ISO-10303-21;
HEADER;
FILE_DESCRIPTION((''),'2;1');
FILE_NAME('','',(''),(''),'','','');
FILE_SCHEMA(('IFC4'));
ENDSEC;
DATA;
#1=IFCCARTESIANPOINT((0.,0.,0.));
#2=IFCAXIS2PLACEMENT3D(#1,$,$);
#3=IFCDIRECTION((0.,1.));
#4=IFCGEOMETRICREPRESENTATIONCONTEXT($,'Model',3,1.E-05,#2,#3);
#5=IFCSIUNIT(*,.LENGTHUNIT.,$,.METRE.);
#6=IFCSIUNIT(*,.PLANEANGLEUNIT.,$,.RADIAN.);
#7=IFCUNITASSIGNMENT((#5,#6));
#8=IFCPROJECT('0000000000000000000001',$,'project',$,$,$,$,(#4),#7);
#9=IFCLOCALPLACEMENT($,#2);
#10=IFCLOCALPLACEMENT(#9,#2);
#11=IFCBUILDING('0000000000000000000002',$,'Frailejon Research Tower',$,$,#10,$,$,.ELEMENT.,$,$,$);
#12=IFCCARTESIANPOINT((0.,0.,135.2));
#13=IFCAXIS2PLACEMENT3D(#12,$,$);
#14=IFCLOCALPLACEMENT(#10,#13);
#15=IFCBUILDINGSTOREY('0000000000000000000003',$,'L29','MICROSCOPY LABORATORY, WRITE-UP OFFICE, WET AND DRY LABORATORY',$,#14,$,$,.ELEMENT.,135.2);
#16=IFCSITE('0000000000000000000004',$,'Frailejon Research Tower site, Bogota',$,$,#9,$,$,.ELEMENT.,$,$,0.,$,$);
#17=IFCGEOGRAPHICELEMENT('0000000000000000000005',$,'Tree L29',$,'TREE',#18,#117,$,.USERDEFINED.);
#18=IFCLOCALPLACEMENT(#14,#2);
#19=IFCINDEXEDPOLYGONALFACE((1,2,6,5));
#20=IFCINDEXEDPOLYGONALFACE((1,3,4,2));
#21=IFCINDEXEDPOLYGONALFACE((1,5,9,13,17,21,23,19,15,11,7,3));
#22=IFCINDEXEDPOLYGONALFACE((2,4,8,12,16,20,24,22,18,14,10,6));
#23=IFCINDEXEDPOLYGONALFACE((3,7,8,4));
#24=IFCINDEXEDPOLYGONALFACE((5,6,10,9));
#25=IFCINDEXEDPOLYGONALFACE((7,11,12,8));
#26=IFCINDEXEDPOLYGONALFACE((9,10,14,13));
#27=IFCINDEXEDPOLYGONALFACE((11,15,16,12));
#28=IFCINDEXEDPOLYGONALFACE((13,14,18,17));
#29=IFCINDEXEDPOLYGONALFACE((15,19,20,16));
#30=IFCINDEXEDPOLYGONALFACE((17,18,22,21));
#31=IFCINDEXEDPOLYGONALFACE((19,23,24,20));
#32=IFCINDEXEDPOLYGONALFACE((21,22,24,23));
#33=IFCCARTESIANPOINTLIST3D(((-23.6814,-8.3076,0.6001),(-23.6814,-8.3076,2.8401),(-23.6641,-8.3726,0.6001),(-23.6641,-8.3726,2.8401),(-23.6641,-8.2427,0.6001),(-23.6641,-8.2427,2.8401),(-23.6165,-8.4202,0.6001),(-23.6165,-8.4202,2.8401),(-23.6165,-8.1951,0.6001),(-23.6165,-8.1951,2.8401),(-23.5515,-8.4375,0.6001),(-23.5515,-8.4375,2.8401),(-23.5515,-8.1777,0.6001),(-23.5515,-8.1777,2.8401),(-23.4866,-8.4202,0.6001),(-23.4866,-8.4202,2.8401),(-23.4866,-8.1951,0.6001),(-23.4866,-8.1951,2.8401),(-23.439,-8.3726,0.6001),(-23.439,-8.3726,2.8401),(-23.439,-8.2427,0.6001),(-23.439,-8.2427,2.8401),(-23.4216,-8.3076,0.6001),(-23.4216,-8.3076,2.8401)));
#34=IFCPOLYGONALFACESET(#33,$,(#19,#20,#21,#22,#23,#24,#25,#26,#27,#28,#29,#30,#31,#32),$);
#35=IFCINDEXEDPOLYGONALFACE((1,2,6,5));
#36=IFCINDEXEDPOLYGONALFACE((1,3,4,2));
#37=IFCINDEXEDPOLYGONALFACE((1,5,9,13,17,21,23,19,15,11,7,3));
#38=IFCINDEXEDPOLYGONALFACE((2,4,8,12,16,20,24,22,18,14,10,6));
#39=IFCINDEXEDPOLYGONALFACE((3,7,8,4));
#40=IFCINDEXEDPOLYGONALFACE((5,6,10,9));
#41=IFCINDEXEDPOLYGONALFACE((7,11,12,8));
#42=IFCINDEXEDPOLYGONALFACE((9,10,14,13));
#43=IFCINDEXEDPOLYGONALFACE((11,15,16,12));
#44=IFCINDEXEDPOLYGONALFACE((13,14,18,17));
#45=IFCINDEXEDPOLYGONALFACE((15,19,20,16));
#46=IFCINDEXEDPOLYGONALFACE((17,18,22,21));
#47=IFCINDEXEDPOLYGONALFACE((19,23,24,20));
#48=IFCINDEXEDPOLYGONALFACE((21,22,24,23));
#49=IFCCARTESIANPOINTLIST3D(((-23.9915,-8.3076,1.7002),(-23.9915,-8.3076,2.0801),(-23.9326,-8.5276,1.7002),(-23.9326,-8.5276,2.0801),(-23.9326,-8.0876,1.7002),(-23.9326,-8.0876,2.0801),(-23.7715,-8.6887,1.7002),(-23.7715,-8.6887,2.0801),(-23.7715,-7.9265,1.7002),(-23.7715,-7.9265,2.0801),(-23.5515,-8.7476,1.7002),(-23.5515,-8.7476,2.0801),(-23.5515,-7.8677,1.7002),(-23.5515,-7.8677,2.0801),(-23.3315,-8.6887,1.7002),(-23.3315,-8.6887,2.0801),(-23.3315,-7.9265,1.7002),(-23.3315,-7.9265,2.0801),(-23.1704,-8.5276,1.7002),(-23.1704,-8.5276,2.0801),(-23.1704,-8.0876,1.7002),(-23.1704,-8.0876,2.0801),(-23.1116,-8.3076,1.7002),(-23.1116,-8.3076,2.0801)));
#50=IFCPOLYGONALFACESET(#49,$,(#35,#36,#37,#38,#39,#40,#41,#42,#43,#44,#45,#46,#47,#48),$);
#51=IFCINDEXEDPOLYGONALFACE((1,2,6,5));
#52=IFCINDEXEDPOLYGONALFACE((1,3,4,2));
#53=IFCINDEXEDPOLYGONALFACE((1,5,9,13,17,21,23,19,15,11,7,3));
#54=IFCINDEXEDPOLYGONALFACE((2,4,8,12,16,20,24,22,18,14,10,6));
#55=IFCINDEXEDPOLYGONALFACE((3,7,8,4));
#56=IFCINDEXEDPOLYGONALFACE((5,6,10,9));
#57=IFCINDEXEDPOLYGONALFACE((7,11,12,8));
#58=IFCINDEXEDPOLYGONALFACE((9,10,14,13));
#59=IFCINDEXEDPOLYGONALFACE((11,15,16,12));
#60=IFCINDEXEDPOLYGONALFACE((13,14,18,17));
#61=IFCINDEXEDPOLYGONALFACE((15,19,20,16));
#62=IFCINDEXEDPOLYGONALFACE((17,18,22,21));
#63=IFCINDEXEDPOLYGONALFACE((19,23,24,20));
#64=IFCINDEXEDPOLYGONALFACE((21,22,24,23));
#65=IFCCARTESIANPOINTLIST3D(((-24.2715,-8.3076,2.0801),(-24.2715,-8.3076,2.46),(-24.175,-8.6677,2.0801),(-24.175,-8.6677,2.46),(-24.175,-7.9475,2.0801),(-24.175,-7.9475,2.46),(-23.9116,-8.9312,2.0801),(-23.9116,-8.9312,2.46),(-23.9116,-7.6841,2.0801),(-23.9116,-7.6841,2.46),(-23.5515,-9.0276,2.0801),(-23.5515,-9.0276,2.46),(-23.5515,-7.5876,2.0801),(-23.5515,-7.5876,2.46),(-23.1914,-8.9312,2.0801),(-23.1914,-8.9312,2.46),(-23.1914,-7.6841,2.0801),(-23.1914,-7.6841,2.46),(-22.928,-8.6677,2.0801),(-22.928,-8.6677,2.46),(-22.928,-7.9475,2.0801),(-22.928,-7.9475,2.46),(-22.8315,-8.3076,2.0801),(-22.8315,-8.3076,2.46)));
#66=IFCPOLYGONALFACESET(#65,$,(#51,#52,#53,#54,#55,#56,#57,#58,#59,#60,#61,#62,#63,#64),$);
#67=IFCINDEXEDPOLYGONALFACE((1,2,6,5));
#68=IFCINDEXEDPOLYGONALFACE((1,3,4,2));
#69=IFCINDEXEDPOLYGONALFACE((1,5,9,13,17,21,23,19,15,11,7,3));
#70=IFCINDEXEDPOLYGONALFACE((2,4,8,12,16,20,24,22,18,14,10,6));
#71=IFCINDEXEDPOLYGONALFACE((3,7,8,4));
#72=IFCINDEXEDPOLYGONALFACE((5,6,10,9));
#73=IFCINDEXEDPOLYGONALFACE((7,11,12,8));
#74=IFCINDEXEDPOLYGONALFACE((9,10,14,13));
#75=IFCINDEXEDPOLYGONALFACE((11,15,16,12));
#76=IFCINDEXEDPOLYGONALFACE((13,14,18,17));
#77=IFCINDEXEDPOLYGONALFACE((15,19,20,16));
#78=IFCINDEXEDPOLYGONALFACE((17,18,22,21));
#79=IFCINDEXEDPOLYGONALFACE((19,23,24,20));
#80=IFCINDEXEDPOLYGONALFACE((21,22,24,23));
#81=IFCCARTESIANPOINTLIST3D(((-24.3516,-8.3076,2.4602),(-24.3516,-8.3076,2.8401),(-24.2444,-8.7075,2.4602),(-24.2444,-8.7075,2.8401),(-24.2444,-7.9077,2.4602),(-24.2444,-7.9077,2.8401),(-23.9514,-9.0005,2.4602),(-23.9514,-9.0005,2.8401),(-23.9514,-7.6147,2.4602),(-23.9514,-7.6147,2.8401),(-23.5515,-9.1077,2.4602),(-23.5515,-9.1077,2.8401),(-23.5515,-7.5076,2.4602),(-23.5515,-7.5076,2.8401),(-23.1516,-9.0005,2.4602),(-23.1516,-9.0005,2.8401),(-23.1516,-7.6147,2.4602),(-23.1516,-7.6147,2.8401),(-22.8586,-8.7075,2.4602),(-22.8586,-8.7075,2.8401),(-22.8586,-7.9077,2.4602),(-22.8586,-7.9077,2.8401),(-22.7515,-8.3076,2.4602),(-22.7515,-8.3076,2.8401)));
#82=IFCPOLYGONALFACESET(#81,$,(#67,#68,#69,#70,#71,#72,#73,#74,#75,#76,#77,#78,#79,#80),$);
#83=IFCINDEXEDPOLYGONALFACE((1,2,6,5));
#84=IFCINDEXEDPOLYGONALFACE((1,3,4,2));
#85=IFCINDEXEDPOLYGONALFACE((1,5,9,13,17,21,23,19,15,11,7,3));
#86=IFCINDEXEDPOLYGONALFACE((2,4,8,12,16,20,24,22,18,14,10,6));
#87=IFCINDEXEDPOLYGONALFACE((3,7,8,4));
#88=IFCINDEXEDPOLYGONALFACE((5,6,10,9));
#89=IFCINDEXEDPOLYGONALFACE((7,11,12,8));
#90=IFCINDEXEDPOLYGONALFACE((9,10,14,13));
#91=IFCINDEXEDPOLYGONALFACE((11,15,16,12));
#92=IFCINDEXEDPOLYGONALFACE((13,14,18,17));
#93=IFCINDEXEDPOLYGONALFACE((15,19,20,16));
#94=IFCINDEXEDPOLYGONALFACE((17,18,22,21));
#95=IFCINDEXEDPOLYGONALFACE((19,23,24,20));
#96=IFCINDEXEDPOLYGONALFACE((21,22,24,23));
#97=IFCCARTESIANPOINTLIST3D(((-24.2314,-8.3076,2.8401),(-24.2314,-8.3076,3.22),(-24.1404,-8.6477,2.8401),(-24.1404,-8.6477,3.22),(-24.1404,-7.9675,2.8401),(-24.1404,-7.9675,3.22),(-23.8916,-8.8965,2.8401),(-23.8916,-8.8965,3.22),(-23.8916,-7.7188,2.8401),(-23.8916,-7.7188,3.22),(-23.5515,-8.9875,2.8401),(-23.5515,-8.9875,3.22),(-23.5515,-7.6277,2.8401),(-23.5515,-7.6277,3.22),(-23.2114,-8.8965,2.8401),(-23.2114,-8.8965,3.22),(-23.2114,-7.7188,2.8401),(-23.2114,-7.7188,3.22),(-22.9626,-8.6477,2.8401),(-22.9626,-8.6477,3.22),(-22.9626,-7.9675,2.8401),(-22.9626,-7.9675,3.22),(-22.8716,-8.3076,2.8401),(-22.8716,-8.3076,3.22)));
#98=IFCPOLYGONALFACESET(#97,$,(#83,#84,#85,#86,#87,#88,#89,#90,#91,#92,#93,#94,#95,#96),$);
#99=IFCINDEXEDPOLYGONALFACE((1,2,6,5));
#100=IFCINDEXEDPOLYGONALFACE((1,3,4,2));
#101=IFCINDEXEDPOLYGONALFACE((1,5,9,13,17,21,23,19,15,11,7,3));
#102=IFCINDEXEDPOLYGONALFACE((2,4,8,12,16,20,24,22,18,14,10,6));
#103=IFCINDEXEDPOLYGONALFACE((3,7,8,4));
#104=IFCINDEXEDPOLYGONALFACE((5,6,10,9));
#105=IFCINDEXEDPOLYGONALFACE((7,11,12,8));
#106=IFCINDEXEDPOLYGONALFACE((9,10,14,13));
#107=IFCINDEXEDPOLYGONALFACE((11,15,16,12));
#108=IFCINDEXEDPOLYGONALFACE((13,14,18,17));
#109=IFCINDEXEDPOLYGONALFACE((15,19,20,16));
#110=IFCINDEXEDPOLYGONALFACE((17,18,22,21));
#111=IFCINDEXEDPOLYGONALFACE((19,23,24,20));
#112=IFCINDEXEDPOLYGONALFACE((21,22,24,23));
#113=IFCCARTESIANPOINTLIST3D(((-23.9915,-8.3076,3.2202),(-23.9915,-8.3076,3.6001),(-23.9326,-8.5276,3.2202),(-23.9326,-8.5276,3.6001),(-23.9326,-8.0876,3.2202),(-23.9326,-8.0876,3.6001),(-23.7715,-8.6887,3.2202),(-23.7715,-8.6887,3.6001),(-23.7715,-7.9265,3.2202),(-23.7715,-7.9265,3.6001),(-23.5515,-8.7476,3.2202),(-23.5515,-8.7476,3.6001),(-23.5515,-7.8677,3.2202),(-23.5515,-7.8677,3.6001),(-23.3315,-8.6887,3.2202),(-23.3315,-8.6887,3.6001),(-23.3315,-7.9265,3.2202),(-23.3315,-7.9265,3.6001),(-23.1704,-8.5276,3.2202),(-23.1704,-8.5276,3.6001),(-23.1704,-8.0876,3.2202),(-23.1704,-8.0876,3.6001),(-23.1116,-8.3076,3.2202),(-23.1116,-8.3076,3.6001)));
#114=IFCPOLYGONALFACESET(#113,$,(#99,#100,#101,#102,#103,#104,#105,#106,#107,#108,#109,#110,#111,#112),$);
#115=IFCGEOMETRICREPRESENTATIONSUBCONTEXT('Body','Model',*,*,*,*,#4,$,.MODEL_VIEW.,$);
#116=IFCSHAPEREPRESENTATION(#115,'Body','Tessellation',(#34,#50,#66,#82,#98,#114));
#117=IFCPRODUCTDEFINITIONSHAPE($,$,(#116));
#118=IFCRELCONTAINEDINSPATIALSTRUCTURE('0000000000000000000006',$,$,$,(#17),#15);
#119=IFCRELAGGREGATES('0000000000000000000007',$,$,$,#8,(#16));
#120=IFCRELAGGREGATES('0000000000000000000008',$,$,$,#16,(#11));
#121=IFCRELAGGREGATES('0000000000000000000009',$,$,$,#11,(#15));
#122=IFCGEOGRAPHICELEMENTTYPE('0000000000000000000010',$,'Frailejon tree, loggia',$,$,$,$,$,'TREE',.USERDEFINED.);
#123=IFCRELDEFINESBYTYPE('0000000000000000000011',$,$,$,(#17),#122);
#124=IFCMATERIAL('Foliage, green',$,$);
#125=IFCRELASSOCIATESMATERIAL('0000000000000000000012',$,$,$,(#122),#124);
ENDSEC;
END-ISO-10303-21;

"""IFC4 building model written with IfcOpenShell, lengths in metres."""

from ifc_helpers import new_model, si_unit, direction, frame, origin, place, context, subcontext, project, spatial, polyline, outline, extrude, material, type_object, element, save


model = new_model("IFC4")

# Units and contexts
model_context = context("Model", 3, precision=1e-05, world=origin(), true_north=direction((0.0, 1.0)))
body_context = subcontext(model_context, "Body", "Model", "MODEL_VIEW")
ifc_project = project(units=[si_unit("LENGTHUNIT", "METRE"), si_unit("PLANEANGLEUNIT", "RADIAN")], contexts=[model_context])

# Site, building, storey
site_placement = place(None, origin())
site = spatial("IfcSite", under=ifc_project, at=site_placement, Name="Frailejon Research Tower site, Bogota", CompositionType="ELEMENT", RefElevation=0.0)
building_placement = place(site_placement, origin())
building = spatial("IfcBuilding", under=site, at=building_placement, Name="Frailejon Research Tower", CompositionType="ELEMENT")
storey_placement = place(building_placement, frame((0.0, 0.0, 135.2)))
storey = spatial("IfcBuildingStorey", under=building, at=storey_placement, Name="L29", Description="MICROSCOPY LABORATORY, WRITE-UP OFFICE, WET AND DRY LABORATORY", CompositionType="ELEMENT", Elevation=135.2)

# Geographic element
ifc_material_1 = material(Name="Foliage, green")
geographic_element_type = type_object("IfcGeographicElementType", Name="Frailejon tree, loggia", ElementType="TREE", PredefinedType="USERDEFINED", material=ifc_material_1)
geographic_element_placement = place(storey_placement, frame((-23.5515, -8.3076, 0.6001)))
element("IfcGeographicElement", 1, at=geographic_element_placement, inside=storey, type_object=geographic_element_type, Name="Tree L29", ObjectType="TREE", PredefinedType="USERDEFINED", context=body_context, shape_type="SweptSolid", body=[
    extrude(outline(polyline([(0.1299, 0.0), (0.1125, 0.0649), (0.0649, 0.1125), (0.0, 0.1299), (-0.0649, 0.1125), (-0.1125, 0.0649), (-0.1299, 0.0), (-0.1125, -0.0649), (-0.0649, -0.1125), (0.0, -0.1299), (0.0649, -0.1125), (0.1125, -0.0649), (0.1299, 0.0)])), origin(), (0.0, 0.0, 1.0), 2.24),
    extrude(outline(polyline([(0.4399, 0.0), (0.3811, 0.22), (0.22, 0.3811), (0.0, 0.4399), (-0.22, 0.3811), (-0.3811, 0.22), (-0.4399, 0.0), (-0.3811, -0.22), (-0.22, -0.3811), (0.0, -0.4399), (0.22, -0.3811), (0.3811, -0.22), (0.4399, 0.0)])), frame((0.0, 0.0, 1.1001)), (0.0, 0.0, 1.0), 0.3799),
    extrude(outline(polyline([(0.72, 0.0), (0.6235, 0.3601), (0.3601, 0.6235), (0.0, 0.72), (-0.3601, 0.6235), (-0.6235, 0.3601), (-0.72, 0.0), (-0.6235, -0.3601), (-0.3601, -0.6235), (0.0, -0.72), (0.3601, -0.6235), (0.6235, -0.3601), (0.72, 0.0)])), frame((0.0, 0.0, 1.48)), (0.0, 0.0, 1.0), 0.3799),
    extrude(outline(polyline([(0.8, 0.0), (0.6929, 0.3999), (0.3999, 0.6929), (0.0, 0.8), (-0.3999, 0.6929), (-0.6929, 0.3999), (-0.8, 0.0), (-0.6929, -0.3999), (-0.3999, -0.6929), (0.0, -0.8), (0.3999, -0.6929), (0.6929, -0.3999), (0.8, 0.0)])), frame((0.0, 0.0, 1.8601)), (0.0, 0.0, 1.0), 0.3799),
    extrude(outline(polyline([(0.6799, 0.0), (0.5889, 0.3401), (0.3401, 0.5889), (0.0, 0.6799), (-0.3401, 0.5889), (-0.5889, 0.3401), (-0.6799, 0.0), (-0.5889, -0.3401), (-0.3401, -0.5889), (0.0, -0.6799), (0.3401, -0.5889), (0.5889, -0.3401), (0.6799, 0.0)])), frame((0.0, 0.0, 2.24)), (0.0, 0.0, 1.0), 0.3799),
    extrude(outline(polyline([(0.4399, 0.0), (0.3811, 0.22), (0.22, 0.3811), (0.0, 0.4399), (-0.22, 0.3811), (-0.3811, 0.22), (-0.4399, 0.0), (-0.3811, -0.22), (-0.22, -0.3811), (0.0, -0.4399), (0.22, -0.3811), (0.3811, -0.22), (0.4399, 0.0)])), frame((0.0, 0.0, 2.6201)), (0.0, 0.0, 1.0), 0.3799),
])

save(model, "model.ifc")
